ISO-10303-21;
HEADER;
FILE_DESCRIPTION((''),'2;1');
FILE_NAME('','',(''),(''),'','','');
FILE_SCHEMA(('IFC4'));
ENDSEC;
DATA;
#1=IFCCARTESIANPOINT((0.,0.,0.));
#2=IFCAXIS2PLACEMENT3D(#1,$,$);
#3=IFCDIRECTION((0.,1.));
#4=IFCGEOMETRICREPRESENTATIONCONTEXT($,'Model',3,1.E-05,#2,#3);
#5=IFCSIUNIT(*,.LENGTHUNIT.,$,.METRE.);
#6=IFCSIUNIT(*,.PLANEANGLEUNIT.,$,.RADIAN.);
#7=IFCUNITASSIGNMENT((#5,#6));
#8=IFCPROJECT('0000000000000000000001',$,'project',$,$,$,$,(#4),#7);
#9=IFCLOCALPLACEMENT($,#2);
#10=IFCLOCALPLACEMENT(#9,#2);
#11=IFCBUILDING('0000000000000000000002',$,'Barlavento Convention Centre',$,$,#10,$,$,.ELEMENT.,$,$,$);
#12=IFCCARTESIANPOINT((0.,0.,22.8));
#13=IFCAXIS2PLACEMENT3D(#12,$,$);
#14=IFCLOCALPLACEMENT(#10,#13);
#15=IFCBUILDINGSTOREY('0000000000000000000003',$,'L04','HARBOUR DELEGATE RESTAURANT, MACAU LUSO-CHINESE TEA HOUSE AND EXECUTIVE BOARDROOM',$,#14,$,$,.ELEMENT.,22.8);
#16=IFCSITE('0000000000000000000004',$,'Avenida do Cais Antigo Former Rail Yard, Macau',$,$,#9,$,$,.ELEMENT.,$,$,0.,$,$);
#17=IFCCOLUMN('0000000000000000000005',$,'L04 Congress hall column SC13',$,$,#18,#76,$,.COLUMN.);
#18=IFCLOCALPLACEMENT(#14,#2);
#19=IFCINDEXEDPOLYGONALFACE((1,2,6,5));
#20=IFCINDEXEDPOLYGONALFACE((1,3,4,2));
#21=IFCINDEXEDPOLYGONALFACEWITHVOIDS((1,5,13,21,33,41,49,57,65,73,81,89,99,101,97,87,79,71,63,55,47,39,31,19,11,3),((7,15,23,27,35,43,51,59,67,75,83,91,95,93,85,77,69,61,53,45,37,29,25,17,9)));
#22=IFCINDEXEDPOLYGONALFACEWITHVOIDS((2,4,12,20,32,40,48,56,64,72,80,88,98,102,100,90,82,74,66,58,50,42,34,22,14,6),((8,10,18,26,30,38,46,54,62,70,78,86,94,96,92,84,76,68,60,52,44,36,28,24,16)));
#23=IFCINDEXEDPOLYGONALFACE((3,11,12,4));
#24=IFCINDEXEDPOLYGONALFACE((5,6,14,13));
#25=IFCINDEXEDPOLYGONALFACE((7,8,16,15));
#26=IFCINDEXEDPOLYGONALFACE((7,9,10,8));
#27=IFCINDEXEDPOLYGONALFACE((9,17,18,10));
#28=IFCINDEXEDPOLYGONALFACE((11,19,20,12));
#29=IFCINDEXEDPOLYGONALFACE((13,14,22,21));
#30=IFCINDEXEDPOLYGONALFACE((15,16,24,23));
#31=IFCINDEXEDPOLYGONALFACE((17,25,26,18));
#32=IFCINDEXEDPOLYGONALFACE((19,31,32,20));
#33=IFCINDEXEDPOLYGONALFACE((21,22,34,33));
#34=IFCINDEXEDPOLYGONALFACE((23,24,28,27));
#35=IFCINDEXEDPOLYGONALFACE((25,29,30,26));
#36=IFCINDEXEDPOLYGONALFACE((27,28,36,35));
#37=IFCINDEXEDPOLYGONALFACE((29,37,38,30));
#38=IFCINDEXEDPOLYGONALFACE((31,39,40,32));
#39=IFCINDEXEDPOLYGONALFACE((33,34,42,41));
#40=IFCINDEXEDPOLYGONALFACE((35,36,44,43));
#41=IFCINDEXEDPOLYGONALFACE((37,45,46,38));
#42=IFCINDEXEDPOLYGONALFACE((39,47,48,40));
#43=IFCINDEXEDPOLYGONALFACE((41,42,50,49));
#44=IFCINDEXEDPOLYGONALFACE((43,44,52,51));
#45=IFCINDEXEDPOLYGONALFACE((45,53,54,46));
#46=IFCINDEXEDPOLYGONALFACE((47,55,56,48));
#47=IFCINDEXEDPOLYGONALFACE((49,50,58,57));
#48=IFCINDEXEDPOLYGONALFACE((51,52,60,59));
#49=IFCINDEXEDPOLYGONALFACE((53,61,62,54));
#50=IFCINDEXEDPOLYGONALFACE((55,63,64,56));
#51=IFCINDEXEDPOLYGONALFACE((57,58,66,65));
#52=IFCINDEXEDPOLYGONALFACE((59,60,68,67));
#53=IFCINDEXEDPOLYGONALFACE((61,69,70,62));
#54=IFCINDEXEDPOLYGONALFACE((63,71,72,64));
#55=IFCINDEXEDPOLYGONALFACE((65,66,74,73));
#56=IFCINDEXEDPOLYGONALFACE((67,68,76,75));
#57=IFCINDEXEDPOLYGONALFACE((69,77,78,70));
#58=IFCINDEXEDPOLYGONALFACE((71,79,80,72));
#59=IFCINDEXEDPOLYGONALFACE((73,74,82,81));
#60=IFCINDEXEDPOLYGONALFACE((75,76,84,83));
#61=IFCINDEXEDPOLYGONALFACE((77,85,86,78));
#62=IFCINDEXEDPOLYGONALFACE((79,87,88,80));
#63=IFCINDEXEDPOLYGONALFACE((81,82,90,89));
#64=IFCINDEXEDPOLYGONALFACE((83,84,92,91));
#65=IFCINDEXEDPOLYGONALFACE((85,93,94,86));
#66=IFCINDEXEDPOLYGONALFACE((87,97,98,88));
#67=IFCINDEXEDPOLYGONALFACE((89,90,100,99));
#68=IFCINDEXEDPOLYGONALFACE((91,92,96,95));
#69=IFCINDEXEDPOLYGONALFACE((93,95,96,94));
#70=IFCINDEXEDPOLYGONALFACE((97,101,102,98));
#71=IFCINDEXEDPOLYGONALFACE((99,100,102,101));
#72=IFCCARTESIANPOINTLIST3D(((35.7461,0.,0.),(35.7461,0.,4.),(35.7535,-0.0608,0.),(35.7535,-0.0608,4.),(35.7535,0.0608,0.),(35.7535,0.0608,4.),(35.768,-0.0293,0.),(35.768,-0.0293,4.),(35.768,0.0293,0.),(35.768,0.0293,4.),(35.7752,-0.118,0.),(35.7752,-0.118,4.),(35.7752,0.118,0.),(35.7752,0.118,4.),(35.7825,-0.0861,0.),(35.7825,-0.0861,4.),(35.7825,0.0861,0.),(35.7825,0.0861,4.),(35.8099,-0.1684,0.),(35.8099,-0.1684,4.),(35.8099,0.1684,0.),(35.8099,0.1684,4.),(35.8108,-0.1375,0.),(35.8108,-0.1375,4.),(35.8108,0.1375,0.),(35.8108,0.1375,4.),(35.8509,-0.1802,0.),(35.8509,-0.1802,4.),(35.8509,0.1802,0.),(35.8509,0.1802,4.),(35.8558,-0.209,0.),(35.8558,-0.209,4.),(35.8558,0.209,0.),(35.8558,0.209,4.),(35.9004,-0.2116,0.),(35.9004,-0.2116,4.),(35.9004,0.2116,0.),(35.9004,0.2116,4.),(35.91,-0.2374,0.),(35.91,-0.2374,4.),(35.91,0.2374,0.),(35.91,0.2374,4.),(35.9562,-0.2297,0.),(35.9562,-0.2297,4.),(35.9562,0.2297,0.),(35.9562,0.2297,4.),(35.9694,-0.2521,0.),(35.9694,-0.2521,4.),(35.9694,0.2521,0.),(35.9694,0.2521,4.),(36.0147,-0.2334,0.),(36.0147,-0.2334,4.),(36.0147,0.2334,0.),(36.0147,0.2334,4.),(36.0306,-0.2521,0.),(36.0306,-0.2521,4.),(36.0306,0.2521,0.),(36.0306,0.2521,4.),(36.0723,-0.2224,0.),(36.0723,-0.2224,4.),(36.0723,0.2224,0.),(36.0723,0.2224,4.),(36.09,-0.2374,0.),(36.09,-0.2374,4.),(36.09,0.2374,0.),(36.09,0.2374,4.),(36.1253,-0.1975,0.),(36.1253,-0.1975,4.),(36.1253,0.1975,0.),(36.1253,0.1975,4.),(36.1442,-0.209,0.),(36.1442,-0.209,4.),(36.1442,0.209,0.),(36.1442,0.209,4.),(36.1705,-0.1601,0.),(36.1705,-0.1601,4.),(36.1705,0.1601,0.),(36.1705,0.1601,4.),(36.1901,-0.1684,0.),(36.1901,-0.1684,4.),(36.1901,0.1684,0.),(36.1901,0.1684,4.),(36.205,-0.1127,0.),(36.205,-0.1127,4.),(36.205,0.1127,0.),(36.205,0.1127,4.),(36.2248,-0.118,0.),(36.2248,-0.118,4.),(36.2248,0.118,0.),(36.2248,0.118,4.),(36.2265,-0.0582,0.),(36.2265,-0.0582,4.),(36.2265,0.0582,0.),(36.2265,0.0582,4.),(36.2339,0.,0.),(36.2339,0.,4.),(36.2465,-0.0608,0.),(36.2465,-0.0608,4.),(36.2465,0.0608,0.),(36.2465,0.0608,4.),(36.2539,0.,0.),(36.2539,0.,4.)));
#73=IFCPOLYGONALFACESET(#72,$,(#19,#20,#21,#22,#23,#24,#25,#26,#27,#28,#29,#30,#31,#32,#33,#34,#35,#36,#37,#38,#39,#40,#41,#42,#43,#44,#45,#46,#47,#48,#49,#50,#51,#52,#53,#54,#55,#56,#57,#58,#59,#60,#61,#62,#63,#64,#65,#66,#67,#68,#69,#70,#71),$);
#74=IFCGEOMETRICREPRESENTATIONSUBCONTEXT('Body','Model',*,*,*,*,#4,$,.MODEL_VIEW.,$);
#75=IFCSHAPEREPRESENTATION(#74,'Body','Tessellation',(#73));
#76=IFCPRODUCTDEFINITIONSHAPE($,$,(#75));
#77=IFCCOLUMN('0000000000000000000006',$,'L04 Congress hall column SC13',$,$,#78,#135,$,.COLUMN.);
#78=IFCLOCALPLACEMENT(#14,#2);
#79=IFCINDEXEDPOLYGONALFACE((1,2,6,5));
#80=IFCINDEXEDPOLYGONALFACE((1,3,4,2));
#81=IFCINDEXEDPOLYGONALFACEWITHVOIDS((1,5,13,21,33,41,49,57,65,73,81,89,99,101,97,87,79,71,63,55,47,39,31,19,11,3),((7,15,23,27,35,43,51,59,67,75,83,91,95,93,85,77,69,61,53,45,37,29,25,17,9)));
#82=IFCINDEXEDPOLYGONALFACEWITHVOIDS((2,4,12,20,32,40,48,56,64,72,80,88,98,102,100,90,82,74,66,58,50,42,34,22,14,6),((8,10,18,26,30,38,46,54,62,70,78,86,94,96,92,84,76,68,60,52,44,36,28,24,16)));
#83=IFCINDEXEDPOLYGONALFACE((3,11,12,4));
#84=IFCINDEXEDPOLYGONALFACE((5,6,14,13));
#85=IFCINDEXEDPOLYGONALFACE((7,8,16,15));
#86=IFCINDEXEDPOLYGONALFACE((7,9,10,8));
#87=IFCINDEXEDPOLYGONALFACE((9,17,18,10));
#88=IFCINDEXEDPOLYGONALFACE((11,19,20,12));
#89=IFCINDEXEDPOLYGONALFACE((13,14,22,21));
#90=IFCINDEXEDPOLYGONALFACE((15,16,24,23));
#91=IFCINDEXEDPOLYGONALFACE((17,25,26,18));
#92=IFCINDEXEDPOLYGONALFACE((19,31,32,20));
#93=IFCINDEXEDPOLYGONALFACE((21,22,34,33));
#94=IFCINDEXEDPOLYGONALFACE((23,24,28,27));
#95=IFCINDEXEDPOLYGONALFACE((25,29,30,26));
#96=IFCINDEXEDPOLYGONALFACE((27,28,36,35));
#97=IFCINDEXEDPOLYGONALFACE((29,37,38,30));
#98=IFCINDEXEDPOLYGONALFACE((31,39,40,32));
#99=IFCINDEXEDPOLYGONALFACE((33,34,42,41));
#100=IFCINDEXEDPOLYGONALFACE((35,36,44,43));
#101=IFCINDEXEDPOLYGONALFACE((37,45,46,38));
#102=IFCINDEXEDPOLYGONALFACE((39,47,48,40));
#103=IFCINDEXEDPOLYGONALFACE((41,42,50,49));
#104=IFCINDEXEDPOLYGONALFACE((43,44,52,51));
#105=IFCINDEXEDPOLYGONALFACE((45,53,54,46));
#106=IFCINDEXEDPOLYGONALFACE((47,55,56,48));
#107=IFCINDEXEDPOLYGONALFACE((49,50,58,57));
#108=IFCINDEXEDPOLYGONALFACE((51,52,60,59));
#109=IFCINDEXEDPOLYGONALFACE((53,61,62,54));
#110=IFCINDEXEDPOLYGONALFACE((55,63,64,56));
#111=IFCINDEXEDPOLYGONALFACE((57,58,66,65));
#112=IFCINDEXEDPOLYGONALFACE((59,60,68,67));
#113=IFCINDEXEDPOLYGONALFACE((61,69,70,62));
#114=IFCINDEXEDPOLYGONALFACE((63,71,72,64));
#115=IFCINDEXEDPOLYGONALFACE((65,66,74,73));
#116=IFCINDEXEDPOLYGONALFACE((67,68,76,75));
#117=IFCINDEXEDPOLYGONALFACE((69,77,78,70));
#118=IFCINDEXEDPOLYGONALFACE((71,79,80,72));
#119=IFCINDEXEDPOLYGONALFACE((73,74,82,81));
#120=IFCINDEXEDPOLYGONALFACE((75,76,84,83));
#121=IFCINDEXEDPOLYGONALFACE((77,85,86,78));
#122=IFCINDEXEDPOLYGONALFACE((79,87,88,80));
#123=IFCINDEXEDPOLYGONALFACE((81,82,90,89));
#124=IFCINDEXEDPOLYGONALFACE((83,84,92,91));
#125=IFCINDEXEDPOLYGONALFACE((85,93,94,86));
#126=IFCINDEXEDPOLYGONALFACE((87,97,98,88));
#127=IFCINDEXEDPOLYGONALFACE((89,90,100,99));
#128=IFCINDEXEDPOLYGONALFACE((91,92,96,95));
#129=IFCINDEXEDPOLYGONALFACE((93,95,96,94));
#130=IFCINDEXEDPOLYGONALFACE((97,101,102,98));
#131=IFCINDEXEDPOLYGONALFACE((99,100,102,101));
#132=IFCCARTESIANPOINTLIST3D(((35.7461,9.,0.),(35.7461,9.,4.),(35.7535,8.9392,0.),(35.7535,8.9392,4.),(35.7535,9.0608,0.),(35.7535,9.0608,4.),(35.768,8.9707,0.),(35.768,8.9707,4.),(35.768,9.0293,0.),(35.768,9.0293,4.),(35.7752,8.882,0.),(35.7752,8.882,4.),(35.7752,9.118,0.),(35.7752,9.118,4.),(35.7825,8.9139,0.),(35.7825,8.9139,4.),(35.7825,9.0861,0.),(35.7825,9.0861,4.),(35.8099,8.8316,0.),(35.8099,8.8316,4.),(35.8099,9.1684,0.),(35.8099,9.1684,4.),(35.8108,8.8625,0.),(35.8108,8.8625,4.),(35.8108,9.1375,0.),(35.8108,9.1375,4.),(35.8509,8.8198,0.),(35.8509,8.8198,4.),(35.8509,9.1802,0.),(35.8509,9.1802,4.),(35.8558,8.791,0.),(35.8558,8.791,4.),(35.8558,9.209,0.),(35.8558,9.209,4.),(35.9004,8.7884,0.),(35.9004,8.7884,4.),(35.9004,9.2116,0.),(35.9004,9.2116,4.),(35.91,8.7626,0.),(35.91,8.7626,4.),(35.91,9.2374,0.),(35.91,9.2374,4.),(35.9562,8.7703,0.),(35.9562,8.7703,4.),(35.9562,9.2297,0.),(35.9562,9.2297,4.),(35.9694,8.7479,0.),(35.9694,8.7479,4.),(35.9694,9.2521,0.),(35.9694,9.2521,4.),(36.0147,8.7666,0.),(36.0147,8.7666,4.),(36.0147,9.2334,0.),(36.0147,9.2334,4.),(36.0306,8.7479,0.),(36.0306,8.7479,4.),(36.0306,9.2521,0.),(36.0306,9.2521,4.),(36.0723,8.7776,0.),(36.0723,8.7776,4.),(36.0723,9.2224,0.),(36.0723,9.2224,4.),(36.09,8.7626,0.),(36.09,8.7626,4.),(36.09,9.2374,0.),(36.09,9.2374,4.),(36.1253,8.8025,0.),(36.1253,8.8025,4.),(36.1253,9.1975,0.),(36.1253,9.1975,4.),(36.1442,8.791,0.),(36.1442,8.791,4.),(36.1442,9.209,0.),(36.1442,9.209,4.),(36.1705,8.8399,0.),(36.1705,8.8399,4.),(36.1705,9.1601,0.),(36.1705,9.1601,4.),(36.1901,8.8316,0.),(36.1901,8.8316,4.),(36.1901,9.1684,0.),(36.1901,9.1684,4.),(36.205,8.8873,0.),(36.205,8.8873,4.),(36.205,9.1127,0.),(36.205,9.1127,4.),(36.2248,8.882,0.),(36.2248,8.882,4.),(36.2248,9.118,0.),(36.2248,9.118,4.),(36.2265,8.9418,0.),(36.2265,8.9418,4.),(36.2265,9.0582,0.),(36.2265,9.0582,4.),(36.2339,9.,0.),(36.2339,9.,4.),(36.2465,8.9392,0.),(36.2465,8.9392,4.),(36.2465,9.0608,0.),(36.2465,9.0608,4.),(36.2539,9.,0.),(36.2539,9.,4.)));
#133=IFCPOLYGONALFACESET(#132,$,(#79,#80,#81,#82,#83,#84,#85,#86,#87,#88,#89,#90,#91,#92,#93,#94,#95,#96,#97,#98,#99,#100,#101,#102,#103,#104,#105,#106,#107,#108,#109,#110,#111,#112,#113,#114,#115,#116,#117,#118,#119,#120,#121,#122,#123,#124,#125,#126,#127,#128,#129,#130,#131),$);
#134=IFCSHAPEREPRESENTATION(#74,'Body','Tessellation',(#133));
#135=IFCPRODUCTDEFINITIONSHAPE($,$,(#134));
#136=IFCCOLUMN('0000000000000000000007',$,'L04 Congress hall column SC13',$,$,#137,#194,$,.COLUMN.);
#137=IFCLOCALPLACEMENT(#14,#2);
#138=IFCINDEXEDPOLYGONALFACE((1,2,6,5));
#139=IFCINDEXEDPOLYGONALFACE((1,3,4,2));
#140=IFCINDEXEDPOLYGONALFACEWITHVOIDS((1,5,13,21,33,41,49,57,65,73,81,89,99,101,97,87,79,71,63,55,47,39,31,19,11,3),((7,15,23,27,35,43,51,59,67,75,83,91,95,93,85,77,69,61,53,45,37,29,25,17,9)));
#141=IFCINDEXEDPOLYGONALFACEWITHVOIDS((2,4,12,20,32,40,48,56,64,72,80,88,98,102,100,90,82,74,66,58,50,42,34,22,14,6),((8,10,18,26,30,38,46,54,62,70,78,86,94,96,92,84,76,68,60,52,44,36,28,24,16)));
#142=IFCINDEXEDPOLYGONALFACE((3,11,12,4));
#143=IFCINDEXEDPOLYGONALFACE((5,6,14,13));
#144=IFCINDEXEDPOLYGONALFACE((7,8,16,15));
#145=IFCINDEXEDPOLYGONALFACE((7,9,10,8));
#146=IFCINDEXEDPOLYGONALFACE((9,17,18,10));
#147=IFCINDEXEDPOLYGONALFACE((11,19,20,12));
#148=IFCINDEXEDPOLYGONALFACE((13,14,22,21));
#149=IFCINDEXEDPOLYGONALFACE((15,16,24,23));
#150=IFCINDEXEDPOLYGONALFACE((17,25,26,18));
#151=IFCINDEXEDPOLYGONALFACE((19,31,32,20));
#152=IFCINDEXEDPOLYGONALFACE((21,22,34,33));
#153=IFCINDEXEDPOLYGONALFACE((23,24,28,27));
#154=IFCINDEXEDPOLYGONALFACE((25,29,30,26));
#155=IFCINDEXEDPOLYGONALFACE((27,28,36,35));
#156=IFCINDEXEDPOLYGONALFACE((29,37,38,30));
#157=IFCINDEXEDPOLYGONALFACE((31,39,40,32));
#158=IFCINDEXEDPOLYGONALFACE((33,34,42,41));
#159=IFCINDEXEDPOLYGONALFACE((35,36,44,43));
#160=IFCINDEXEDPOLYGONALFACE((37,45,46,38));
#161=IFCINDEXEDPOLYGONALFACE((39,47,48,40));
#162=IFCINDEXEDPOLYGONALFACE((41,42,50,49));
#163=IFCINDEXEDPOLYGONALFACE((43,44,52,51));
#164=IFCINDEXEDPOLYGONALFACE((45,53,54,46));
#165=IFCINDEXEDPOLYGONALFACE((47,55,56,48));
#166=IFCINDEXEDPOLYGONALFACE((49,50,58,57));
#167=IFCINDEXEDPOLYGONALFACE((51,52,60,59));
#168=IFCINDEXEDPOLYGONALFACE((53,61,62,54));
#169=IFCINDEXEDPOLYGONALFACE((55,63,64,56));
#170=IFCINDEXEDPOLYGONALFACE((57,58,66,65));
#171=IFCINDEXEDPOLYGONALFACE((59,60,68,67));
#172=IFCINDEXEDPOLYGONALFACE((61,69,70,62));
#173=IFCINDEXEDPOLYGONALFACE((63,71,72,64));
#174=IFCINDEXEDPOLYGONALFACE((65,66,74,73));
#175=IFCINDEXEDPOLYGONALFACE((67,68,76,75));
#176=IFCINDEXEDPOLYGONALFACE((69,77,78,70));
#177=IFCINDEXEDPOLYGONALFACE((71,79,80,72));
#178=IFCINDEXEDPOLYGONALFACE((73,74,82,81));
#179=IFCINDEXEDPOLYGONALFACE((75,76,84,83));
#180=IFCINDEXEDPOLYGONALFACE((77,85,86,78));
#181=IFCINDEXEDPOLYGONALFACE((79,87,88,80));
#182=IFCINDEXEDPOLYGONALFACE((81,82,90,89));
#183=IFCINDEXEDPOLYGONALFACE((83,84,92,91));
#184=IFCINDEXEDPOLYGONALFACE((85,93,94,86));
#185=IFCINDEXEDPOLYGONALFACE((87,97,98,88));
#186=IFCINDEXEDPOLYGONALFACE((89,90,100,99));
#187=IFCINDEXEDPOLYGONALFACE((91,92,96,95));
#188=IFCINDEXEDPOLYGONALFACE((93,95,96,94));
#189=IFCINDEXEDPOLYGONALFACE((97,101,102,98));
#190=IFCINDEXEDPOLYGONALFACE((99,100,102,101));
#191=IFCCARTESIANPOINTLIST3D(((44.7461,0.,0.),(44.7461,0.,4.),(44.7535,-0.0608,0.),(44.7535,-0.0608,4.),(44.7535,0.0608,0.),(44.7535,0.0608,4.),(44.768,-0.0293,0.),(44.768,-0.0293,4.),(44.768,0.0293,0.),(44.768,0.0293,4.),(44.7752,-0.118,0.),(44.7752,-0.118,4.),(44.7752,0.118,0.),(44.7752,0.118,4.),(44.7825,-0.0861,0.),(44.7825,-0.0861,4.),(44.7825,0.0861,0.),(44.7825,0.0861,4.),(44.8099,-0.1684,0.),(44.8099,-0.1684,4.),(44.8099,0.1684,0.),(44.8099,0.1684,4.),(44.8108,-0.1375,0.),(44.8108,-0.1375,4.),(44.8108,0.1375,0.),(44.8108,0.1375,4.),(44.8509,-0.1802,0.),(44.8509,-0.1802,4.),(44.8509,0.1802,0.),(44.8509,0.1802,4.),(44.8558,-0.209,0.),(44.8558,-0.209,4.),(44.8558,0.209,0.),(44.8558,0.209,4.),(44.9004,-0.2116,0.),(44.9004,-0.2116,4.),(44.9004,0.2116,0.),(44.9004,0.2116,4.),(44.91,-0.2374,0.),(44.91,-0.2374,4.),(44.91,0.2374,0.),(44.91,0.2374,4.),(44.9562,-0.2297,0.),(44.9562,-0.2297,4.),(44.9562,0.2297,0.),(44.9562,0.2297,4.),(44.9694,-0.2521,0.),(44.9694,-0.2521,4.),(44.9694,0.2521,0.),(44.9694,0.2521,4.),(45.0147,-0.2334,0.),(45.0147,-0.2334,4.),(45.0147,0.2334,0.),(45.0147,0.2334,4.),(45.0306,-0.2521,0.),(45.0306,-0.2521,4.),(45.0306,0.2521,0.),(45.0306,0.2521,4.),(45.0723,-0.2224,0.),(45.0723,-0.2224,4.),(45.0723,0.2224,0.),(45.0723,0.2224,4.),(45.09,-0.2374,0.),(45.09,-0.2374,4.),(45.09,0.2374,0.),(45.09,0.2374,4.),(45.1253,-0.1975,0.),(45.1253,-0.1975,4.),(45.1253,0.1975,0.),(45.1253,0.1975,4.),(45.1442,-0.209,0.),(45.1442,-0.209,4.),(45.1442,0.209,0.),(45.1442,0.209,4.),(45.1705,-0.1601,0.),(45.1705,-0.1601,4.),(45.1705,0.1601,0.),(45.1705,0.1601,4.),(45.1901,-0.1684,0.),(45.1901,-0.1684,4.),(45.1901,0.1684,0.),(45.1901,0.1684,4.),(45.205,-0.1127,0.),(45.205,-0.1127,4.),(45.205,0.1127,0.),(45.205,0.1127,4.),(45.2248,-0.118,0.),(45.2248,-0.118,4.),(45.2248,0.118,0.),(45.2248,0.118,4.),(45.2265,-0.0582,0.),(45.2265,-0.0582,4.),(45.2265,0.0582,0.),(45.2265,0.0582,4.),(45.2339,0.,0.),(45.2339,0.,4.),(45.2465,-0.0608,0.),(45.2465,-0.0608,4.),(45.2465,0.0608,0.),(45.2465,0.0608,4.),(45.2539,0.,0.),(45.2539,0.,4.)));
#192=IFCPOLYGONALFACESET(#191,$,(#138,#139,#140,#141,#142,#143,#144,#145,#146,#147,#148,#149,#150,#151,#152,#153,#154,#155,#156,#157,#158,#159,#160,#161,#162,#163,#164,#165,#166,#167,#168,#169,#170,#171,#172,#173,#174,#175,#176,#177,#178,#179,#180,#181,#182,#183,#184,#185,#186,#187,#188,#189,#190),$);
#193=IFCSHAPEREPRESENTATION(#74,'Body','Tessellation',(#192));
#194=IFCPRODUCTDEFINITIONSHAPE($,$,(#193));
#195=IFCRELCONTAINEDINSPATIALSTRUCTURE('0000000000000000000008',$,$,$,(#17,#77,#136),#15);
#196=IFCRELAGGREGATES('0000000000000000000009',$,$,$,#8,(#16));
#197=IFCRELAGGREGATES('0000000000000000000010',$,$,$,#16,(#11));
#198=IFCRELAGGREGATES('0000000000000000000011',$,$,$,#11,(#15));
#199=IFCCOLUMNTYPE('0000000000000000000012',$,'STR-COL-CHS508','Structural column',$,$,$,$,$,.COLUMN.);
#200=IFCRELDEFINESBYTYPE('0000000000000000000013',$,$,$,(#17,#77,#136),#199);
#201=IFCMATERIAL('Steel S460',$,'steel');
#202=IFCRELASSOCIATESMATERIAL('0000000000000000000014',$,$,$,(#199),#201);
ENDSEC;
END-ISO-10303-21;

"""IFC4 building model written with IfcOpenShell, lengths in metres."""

from ifc_helpers import new_model, si_unit, direction, frame, origin, origin_2d, place, context, subcontext, project, spatial, hollow_circle, extrude, material, material_profile, profile_set, type_object, element, save


model = new_model("IFC4")

# Units and contexts
model_context = context("Model", 3, precision=1e-05, world=origin(), true_north=direction((0.0, 1.0)))
body_context = subcontext(model_context, "Body", "Model", "MODEL_VIEW")
ifc_project = project(units=[si_unit("LENGTHUNIT", "METRE"), si_unit("PLANEANGLEUNIT", "RADIAN")], contexts=[model_context])

# Site, building, storey
site_placement = place(None, origin())
site = spatial("IfcSite", under=ifc_project, at=site_placement, Name="Avenida do Cais Antigo Former Rail Yard, Macau", CompositionType="ELEMENT", RefElevation=0.0)
building_placement = place(site_placement, origin())
building = spatial("IfcBuilding", under=site, at=building_placement, Name="Barlavento Convention Centre", CompositionType="ELEMENT")
storey_placement = place(building_placement, frame((0.0, 0.0, 22.8)))
storey = spatial("IfcBuildingStorey", under=building, at=storey_placement, Name="L04", Description="HARBOUR DELEGATE RESTAURANT, MACAU LUSO-CHINESE TEA HOUSE AND EXECUTIVE BOARDROOM", CompositionType="ELEMENT", Elevation=22.8)

# Columns
ifc_material_1 = material(Name="Steel S460", Category="steel")
ifc_material_profile_1 = material_profile(ifc_material_1, hollow_circle(Radius=0.2539, WallThickness=0.02, at=origin_2d()), Name="CHS 508.0x20.0")
ifc_profile_set_1 = profile_set([ifc_material_profile_1], Name="Steel S460")
column_type_1 = type_object("IfcColumnType", Name="STR-COL-CHS508", Description="Structural column", PredefinedType="COLUMN", material=ifc_profile_set_1)
for number, where, z_axis, x_axis, name in (
    (1, (36.0, 0.0, 0.0), (0.0, 0.0, 1.0), (1.0, 0.0, 0.0), "L04 Congress hall column SC13"),
    (2, (36.0, 9.0, 0.0), (0.0, 0.0, 1.0), (1.0, 0.0, 0.0), "L04 Congress hall column SC13"),
    (3, (45.0, 0.0, 0.0), (0.0, 0.0, 1.0), (1.0, 0.0, 0.0), "L04 Congress hall column SC13"),
):
    element("IfcColumn", number, at=place(storey_placement, frame(where, z_axis=z_axis, x_axis=x_axis)), inside=storey, type_object=column_type_1, Name=name, PredefinedType="COLUMN", context=body_context, shape_type="SweptSolid", body=[
        extrude(hollow_circle(Radius=0.2539, WallThickness=0.02, at=origin_2d()), origin(), (0.0, 0.0, 1.0), 4.0),
    ])

save(model, "model.ifc")
